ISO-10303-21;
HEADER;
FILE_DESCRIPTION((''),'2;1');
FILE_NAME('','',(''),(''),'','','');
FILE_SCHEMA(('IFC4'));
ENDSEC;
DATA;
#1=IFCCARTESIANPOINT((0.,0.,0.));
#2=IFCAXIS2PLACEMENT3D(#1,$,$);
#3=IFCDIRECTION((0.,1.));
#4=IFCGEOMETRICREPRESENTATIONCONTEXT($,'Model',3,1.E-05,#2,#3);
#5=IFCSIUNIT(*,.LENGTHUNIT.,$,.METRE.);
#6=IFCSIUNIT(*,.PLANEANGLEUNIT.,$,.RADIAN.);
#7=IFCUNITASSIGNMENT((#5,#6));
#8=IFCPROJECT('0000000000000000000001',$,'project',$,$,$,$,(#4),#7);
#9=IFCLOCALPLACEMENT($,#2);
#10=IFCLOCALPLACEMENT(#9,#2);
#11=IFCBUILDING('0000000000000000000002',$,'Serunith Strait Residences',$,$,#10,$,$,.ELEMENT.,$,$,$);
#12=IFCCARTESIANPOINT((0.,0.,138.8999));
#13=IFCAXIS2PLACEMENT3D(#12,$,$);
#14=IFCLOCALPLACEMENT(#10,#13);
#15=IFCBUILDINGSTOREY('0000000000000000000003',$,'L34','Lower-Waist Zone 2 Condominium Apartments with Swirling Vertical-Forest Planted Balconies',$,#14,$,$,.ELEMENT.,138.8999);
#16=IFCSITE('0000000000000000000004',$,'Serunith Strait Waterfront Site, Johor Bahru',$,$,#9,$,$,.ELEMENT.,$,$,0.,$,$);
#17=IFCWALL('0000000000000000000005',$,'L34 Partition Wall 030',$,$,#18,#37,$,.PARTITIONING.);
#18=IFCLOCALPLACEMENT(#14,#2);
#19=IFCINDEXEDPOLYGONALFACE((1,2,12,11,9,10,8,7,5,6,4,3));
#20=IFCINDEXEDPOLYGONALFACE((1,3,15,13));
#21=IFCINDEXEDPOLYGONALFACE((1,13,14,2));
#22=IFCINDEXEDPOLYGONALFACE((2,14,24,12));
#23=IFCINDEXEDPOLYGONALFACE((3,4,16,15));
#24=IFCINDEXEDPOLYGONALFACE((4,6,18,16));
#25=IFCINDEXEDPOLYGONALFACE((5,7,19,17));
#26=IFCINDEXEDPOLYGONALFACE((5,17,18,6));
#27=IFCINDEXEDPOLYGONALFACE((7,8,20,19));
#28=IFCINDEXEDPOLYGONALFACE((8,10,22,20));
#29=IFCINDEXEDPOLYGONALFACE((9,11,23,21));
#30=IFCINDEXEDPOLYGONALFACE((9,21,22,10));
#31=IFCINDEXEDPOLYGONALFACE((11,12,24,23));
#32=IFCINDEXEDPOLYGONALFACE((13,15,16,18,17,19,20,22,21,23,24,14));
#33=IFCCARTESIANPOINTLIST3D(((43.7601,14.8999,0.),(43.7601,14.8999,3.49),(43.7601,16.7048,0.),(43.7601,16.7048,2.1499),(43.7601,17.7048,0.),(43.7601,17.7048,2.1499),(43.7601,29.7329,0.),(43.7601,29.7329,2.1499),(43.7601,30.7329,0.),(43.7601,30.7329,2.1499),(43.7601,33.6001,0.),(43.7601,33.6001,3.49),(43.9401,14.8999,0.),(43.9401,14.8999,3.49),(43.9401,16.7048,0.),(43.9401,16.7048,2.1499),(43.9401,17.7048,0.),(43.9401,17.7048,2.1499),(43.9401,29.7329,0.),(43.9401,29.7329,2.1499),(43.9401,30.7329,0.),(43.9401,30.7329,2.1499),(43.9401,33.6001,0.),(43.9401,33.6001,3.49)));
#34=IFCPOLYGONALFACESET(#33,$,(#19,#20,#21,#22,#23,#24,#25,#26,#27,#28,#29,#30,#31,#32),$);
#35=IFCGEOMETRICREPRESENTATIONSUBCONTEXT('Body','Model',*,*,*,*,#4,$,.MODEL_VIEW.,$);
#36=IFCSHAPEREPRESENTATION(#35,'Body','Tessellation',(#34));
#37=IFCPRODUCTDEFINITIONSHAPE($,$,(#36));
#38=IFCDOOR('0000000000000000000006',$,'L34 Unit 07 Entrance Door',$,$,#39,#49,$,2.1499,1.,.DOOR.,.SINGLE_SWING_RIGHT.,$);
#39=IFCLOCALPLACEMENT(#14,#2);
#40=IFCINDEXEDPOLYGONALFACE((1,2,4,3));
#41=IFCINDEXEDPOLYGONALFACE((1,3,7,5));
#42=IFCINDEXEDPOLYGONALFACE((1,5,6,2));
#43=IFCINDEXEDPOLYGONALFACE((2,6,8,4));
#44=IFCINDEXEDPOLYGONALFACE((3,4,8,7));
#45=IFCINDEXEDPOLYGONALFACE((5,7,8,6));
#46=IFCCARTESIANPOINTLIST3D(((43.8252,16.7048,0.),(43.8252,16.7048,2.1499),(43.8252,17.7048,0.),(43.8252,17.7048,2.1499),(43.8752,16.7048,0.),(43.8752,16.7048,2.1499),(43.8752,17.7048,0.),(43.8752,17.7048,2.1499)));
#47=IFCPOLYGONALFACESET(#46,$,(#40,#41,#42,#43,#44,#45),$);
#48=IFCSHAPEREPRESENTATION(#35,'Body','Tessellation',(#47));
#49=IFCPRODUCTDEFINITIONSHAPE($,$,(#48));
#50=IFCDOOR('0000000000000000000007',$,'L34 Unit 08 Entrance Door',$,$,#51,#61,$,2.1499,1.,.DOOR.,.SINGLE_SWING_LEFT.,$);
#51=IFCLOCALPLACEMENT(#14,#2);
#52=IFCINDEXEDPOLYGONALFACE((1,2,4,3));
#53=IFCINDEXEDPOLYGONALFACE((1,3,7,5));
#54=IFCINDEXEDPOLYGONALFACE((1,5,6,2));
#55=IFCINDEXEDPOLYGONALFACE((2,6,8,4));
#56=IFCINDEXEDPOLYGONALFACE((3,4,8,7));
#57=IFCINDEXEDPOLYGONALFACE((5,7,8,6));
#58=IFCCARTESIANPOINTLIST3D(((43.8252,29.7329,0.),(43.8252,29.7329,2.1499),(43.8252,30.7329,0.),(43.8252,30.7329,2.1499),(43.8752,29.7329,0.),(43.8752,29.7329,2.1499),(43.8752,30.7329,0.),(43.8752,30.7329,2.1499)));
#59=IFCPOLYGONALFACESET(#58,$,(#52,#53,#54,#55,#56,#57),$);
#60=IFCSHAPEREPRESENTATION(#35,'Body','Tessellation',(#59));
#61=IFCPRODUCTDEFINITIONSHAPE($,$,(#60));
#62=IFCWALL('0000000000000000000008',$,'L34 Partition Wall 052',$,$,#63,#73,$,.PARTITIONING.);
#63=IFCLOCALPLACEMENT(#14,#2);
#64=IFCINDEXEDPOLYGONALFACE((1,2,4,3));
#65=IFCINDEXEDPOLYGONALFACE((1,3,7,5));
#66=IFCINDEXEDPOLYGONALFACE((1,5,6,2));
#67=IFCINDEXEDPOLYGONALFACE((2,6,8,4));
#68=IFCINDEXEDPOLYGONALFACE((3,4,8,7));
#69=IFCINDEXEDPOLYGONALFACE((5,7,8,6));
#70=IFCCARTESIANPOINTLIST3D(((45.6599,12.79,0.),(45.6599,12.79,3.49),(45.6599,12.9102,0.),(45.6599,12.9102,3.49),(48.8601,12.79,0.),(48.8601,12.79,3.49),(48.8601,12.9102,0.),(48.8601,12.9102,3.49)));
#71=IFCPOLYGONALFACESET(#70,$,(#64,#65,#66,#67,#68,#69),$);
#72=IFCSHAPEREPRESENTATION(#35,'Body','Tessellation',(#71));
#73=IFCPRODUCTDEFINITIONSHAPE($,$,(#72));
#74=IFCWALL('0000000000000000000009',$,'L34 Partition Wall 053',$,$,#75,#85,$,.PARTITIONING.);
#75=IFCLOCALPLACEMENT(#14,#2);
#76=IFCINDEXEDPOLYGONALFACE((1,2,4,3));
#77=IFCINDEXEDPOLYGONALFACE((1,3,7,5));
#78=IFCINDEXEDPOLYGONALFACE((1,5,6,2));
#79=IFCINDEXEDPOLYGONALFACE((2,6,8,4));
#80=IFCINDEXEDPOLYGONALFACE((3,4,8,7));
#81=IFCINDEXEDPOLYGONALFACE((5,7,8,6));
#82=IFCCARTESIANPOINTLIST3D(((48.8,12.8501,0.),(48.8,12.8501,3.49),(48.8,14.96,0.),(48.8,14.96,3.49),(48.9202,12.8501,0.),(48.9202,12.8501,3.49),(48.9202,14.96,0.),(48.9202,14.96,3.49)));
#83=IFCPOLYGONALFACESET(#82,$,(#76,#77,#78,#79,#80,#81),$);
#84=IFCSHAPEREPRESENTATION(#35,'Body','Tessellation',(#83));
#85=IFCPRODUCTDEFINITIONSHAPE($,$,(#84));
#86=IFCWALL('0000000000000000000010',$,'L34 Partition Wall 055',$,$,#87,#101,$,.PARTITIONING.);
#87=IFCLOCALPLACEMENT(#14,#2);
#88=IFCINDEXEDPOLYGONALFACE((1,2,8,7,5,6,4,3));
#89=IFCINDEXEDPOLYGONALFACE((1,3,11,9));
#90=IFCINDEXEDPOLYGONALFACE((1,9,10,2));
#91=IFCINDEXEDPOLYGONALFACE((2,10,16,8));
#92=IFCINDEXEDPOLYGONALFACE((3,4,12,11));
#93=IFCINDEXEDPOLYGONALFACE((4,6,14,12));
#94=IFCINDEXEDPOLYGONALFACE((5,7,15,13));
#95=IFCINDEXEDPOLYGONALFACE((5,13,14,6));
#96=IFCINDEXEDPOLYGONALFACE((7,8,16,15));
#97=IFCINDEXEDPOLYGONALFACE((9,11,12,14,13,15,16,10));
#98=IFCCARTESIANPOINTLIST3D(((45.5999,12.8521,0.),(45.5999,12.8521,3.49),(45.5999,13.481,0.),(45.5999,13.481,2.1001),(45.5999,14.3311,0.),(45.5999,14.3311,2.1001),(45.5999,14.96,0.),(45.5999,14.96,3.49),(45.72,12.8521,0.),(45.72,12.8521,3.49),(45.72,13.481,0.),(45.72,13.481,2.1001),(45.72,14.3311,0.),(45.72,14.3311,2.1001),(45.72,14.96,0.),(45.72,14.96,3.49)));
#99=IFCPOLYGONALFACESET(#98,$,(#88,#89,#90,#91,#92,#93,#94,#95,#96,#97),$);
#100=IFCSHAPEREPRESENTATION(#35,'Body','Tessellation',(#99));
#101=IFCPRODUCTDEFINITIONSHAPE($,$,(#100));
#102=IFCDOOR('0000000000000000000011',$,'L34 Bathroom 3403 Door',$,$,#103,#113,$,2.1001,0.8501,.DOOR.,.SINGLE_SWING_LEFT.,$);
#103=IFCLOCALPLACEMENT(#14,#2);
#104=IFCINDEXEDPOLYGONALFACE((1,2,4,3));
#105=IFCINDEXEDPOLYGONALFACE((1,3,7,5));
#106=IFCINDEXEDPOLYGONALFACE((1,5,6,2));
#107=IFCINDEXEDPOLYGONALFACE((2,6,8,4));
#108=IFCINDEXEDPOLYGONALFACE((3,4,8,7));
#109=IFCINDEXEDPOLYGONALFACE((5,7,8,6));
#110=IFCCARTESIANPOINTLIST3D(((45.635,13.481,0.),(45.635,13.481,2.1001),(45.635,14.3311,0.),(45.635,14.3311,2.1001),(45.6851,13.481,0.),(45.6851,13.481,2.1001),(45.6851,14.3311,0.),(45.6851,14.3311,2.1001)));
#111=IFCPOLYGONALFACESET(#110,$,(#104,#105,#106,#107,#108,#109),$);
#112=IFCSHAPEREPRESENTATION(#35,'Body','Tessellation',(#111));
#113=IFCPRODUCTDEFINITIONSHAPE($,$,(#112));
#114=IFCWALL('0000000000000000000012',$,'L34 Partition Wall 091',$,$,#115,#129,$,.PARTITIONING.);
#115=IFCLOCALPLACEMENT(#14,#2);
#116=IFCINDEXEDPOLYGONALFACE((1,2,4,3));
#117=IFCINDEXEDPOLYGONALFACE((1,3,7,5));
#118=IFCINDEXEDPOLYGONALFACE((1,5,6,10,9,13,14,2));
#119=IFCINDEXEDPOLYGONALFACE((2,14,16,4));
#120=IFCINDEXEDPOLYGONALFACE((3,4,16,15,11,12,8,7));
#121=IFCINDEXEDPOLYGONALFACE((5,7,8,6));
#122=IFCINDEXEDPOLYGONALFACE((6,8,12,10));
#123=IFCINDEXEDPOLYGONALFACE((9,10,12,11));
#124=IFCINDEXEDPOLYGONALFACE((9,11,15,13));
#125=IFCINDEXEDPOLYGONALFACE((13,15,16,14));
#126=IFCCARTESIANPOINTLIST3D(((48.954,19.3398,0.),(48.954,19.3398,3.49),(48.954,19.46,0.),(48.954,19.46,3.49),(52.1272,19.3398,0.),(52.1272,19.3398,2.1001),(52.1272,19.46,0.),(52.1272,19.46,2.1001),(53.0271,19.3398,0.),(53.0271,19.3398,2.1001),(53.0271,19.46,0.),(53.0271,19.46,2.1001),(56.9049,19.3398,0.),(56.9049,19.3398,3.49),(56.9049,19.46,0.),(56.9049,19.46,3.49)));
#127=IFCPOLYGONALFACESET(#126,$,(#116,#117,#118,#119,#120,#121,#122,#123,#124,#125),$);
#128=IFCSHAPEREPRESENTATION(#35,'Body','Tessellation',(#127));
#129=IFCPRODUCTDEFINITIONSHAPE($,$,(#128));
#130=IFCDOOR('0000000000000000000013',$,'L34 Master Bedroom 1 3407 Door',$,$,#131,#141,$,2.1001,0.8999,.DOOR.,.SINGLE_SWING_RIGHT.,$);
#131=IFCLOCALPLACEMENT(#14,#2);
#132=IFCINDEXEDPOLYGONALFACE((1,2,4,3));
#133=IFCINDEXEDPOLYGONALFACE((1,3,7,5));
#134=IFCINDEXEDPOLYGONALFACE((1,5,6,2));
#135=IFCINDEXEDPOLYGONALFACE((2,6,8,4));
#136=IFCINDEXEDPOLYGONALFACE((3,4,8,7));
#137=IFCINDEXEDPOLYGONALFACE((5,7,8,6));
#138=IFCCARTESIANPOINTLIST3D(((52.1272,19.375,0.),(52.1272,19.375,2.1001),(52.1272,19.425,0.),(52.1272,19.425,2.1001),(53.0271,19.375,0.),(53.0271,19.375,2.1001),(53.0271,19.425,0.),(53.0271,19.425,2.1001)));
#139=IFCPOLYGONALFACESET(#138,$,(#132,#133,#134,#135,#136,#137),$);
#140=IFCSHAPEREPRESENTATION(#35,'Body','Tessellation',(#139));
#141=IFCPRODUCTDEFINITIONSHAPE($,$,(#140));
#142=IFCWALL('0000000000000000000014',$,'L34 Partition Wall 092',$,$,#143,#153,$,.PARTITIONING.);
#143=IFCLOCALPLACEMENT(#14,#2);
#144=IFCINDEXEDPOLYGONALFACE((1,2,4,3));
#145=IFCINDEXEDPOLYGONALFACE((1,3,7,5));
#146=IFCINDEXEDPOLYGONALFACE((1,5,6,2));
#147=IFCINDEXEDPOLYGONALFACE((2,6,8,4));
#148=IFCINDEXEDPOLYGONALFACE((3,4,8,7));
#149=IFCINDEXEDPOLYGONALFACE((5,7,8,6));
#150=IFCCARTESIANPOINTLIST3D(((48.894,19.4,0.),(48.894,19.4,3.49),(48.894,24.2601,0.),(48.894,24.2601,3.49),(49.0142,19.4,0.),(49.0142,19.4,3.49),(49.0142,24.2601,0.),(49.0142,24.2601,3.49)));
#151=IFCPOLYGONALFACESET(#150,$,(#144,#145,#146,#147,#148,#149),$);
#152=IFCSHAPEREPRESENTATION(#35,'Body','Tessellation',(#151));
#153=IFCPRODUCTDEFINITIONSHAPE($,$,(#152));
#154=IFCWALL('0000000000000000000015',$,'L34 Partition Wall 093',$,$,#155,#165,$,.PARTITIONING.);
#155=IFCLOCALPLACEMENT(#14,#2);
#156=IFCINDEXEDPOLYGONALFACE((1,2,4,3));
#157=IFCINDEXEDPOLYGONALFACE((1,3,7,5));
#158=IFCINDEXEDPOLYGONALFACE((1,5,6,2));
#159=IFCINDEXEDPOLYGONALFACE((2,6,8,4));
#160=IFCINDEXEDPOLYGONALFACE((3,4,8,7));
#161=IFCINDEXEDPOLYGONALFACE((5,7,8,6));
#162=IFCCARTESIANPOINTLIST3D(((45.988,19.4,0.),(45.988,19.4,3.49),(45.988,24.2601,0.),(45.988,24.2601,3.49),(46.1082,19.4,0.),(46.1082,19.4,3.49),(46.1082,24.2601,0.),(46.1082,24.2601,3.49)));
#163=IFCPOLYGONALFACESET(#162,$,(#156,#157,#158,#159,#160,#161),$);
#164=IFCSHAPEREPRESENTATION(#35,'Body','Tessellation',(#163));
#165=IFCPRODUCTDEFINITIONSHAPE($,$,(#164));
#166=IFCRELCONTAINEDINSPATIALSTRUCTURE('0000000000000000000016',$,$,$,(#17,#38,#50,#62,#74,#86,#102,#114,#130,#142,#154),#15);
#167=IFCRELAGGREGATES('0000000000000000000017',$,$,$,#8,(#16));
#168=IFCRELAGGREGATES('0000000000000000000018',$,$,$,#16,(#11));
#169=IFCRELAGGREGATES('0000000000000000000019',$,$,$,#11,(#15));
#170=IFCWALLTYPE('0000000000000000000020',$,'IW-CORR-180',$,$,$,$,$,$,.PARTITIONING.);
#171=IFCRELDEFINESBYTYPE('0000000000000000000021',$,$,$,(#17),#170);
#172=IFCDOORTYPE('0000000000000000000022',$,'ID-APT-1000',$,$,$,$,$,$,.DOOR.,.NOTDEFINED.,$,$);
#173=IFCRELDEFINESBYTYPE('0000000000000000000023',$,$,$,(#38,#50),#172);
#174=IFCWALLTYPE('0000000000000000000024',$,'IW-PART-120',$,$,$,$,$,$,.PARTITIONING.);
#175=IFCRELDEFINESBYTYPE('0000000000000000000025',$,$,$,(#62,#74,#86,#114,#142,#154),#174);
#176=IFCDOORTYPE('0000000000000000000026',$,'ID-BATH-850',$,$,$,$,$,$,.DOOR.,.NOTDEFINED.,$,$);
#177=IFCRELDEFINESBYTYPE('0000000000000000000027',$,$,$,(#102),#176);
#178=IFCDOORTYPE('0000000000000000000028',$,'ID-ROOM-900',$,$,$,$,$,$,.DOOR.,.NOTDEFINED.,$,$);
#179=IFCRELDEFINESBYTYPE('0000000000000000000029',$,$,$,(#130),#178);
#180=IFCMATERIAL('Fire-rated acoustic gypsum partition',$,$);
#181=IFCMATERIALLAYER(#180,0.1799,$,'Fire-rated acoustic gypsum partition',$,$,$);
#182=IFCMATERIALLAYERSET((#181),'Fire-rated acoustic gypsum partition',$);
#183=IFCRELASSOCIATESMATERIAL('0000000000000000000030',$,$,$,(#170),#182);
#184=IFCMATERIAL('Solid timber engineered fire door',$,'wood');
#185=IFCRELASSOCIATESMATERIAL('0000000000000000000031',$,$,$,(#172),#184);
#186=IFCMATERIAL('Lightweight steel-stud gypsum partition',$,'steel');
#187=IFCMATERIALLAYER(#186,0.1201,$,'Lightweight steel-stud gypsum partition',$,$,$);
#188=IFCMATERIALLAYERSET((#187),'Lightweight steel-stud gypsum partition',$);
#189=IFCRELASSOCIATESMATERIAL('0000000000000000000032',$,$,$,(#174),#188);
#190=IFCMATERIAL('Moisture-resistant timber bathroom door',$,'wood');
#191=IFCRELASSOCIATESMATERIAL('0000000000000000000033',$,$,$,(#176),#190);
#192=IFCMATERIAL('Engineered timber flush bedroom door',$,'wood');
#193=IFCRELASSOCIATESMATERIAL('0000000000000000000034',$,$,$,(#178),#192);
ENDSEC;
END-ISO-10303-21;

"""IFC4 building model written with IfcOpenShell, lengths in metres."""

from ifc_helpers import new_model, si_unit, direction, frame, frame_2d, origin, place, context, subcontext, project, spatial, rectangle, extrude, source, transform, mapped, material, layer, layer_set, type_object, element, fill, save


model = new_model("IFC4")

# Units and contexts
model_context = context("Model", 3, precision=1e-05, world=origin(), true_north=direction((0.0, 1.0)))
body_context = subcontext(model_context, "Body", "Model", "MODEL_VIEW")
ifc_project = project(units=[si_unit("LENGTHUNIT", "METRE"), si_unit("PLANEANGLEUNIT", "RADIAN")], contexts=[model_context])

# Site, building, storey
site_placement = place(None, origin())
site = spatial("IfcSite", under=ifc_project, at=site_placement, Name="Serunith Strait Waterfront Site, Johor Bahru", CompositionType="ELEMENT", RefElevation=0.0)
building_placement = place(site_placement, origin())
building = spatial("IfcBuilding", under=site, at=building_placement, Name="Serunith Strait Residences", CompositionType="ELEMENT")
storey_placement = place(building_placement, frame((0.0, 0.0, 138.8999)))
storey = spatial("IfcBuildingStorey", under=building, at=storey_placement, Name="L34", Description="Lower-Waist Zone 2 Condominium Apartments with Swirling Vertical-Forest Planted Balconies", CompositionType="ELEMENT", Elevation=138.8999)

# Wall, openings, doors
ifc_material_1 = material(Name="Fire-rated acoustic gypsum partition")
ifc_layer_1 = layer(ifc_material_1, 0.1799, Name="Fire-rated acoustic gypsum partition")
ifc_layer_set_1 = layer_set([ifc_layer_1], Name="Fire-rated acoustic gypsum partition")
wall_type_1 = type_object("IfcWallType", Name="IW-CORR-180", PredefinedType="PARTITIONING", material=ifc_layer_set_1)
wall_1_placement = place(storey_placement, frame((43.8501, 14.8999, 0.0), z_axis=(0.0, 0.0, 1.0), x_axis=(0.0, 1.0, 0.0)))
wall_1 = element("IfcWall", 1, at=wall_1_placement, inside=storey, type_object=wall_type_1, Name="L34 Partition Wall 030", PredefinedType="PARTITIONING", context=body_context, shape_type="SweptSolid", body=[
    extrude(rectangle(XDim=18.7002, YDim=0.1799, at=frame_2d((9.3501, 0.0))), origin(), (0.0, 0.0, 1.0), 3.49),
])
opening_1_placement = place(wall_1_placement, frame((1.8049, 0.0, 0.0)))
opening_1 = element("IfcOpeningElement", 2, at=opening_1_placement, cuts=wall_1, PredefinedType="OPENING", context=body_context, shape_type="SweptSolid", body=[
    extrude(rectangle(XDim=1.0, YDim=2.1499, at=frame_2d((0.5, 1.075))), frame((0.0, 0.1001, 0.0), z_axis=(0.0, -1.0, 0.0), x_axis=(1.0, 0.0, 0.0)), (0.0, 0.0, 1.0), 0.2),
])
opening_2_placement = place(wall_1_placement, frame((14.833, 0.0, 0.0)))
opening_2 = element("IfcOpeningElement", 3, at=opening_2_placement, cuts=wall_1, PredefinedType="OPENING", context=body_context, shape_type="SweptSolid", body=[
    extrude(rectangle(XDim=1.0, YDim=2.1499, at=frame_2d((0.5, 1.075))), frame((0.0, 0.1001, 0.0), z_axis=(0.0, -1.0, 0.0), x_axis=(1.0, 0.0, 0.0)), (0.0, 0.0, 1.0), 0.2),
])
ifc_material_2 = material(Name="Solid timber engineered fire door", Category="wood")
door_type_1 = type_object("IfcDoorType", Name="ID-APT-1000", OperationType="NOTDEFINED", PredefinedType="DOOR", material=ifc_material_2)
shared_shape_1 = source(origin(), body_context, "Body", "SweptSolid", [
    extrude(rectangle(XDim=1.0, YDim=2.1499, at=frame_2d((0.5, 1.075))), frame((0.0, 0.0249, 0.0), z_axis=(0.0, -1.0, 0.0), x_axis=(1.0, 0.0, 0.0)), (0.0, 0.0, 1.0), 0.05),
])
door_1_placement = place(opening_1_placement, origin())
door_1 = element("IfcDoor", 4, at=door_1_placement, inside=storey, type_object=door_type_1, Name="L34 Unit 07 Entrance Door", OperationType="SINGLE_SWING_RIGHT", OverallHeight=2.1499, OverallWidth=1.0, PredefinedType="DOOR", context=body_context, shape_type="MappedRepresentation", body=[
    mapped(shared_shape_1, transform((0.0, 0.0, 0.0), scale=1.0)),
])
fill(opening_1, door_1)
door_2_placement = place(opening_2_placement, origin())
door_2 = element("IfcDoor", 5, at=door_2_placement, inside=storey, type_object=door_type_1, Name="L34 Unit 08 Entrance Door", OperationType="SINGLE_SWING_LEFT", OverallHeight=2.1499, OverallWidth=1.0, PredefinedType="DOOR", context=body_context, shape_type="MappedRepresentation", body=[
    mapped(shared_shape_1, transform((0.0, 0.0, 0.0), scale=1.0)),
])
fill(opening_2, door_2)

# Walls
ifc_material_3 = material(Name="Lightweight steel-stud gypsum partition", Category="steel")
ifc_layer_2 = layer(ifc_material_3, 0.1201, Name="Lightweight steel-stud gypsum partition")
ifc_layer_set_2 = layer_set([ifc_layer_2], Name="Lightweight steel-stud gypsum partition")
wall_type_2 = type_object("IfcWallType", Name="IW-PART-120", PredefinedType="PARTITIONING", material=ifc_layer_set_2)
wall_2_placement = place(storey_placement, frame((45.6599, 12.8501, 0.0), z_axis=(0.0, 0.0, 1.0), x_axis=(1.0, 0.0, 0.0)))
element("IfcWall", 6, at=wall_2_placement, inside=storey, type_object=wall_type_2, Name="L34 Partition Wall 052", PredefinedType="PARTITIONING", context=body_context, shape_type="SweptSolid", body=[
    extrude(rectangle(XDim=3.2002, YDim=0.1201, at=frame_2d((1.6001, 0.0))), origin(), (0.0, 0.0, 1.0), 3.49),
])
wall_3_placement = place(storey_placement, frame((48.8601, 12.8501, 0.0), z_axis=(0.0, 0.0, 1.0), x_axis=(0.0, 1.0, 0.0)))
element("IfcWall", 7, at=wall_3_placement, inside=storey, type_object=wall_type_2, Name="L34 Partition Wall 053", PredefinedType="PARTITIONING", context=body_context, shape_type="SweptSolid", body=[
    extrude(rectangle(XDim=2.1099, YDim=0.1201, at=frame_2d((1.0549, 0.0))), origin(), (0.0, 0.0, 1.0), 3.49),
])

# Walls, openings, doors
wall_4_placement = place(storey_placement, frame((45.6599, 12.8521, 0.0), z_axis=(0.0, 0.0, 1.0), x_axis=(0.0, 1.0, 0.0)))
wall_4 = element("IfcWall", 8, at=wall_4_placement, inside=storey, type_object=wall_type_2, Name="L34 Partition Wall 055", PredefinedType="PARTITIONING", context=body_context, shape_type="SweptSolid", body=[
    extrude(rectangle(XDim=2.1079, YDim=0.1201, at=frame_2d((1.054, 0.0))), origin(), (0.0, 0.0, 1.0), 3.49),
])
opening_3_placement = place(wall_4_placement, frame((0.6289, 0.0, 0.0)))
opening_3 = element("IfcOpeningElement", 9, at=opening_3_placement, cuts=wall_4, PredefinedType="OPENING", context=body_context, shape_type="SweptSolid", body=[
    extrude(rectangle(XDim=0.8501, YDim=2.1001, at=frame_2d((0.425, 1.05))), frame((0.0, 0.0701, 0.0), z_axis=(0.0, -1.0, 0.0), x_axis=(1.0, 0.0, 0.0)), (0.0, 0.0, 1.0), 0.1401),
])
ifc_material_4 = material(Name="Moisture-resistant timber bathroom door", Category="wood")
door_type_2 = type_object("IfcDoorType", Name="ID-BATH-850", OperationType="NOTDEFINED", PredefinedType="DOOR", material=ifc_material_4)
shared_shape_2 = source(origin(), body_context, "Body", "SweptSolid", [
    extrude(rectangle(XDim=0.8501, YDim=2.1001, at=frame_2d((0.425, 1.05))), frame((0.0, 0.0249, 0.0), z_axis=(0.0, -1.0, 0.0), x_axis=(1.0, 0.0, 0.0)), (0.0, 0.0, 1.0), 0.05),
])
door_3_placement = place(opening_3_placement, origin())
door_3 = element("IfcDoor", 10, at=door_3_placement, inside=storey, type_object=door_type_2, Name="L34 Bathroom 3403 Door", OperationType="SINGLE_SWING_LEFT", OverallHeight=2.1001, OverallWidth=0.8501, PredefinedType="DOOR", context=body_context, shape_type="MappedRepresentation", body=[
    mapped(shared_shape_2, transform((0.0, 0.0, 0.0), scale=1.0)),
])
fill(opening_3, door_3)
wall_5_placement = place(storey_placement, frame((56.905, 19.3999, 0.0), z_axis=(0.0, 0.0, 1.0), x_axis=(-1.0, 0.0, 0.0)))
wall_5 = element("IfcWall", 11, at=wall_5_placement, inside=storey, type_object=wall_type_2, Name="L34 Partition Wall 091", PredefinedType="PARTITIONING", context=body_context, shape_type="SweptSolid", body=[
    extrude(rectangle(XDim=7.9509, YDim=0.1201, at=frame_2d((3.9756, 0.0))), origin(), (0.0, 0.0, 1.0), 3.49),
])
opening_4_placement = place(wall_5_placement, frame((3.8779, 0.0, 0.0)))
opening_4 = element("IfcOpeningElement", 12, at=opening_4_placement, cuts=wall_5, PredefinedType="OPENING", context=body_context, shape_type="SweptSolid", body=[
    extrude(rectangle(XDim=0.8999, YDim=2.1001, at=frame_2d((0.45, 1.05))), frame((0.0, 0.0701, 0.0), z_axis=(0.0, -1.0, 0.0), x_axis=(1.0, 0.0, 0.0)), (0.0, 0.0, 1.0), 0.1401),
])
ifc_material_5 = material(Name="Engineered timber flush bedroom door", Category="wood")
door_type_3 = type_object("IfcDoorType", Name="ID-ROOM-900", OperationType="NOTDEFINED", PredefinedType="DOOR", material=ifc_material_5)
shared_shape_3 = source(origin(), body_context, "Body", "SweptSolid", [
    extrude(rectangle(XDim=0.8999, YDim=2.1001, at=frame_2d((0.45, 1.05))), frame((0.0, 0.0249, 0.0), z_axis=(0.0, -1.0, 0.0), x_axis=(1.0, 0.0, 0.0)), (0.0, 0.0, 1.0), 0.05),
])
door_4_placement = place(opening_4_placement, origin())
door_4 = element("IfcDoor", 13, at=door_4_placement, inside=storey, type_object=door_type_3, Name="L34 Master Bedroom 1 3407 Door", OperationType="SINGLE_SWING_RIGHT", OverallHeight=2.1001, OverallWidth=0.8999, PredefinedType="DOOR", context=body_context, shape_type="MappedRepresentation", body=[
    mapped(shared_shape_3, transform((0.0, 0.0, 0.0), scale=1.0)),
])
fill(opening_4, door_4)

# Walls
for number, where, z_axis, x_axis, name in (
    (14, (48.9541, 19.3999, 0.0), (0.0, 0.0, 1.0), (0.0, 1.0, 0.0), "L34 Partition Wall 092"),
    (15, (46.0481, 19.3999, 0.0), (0.0, 0.0, 1.0), (0.0, 1.0, 0.0), "L34 Partition Wall 093"),
):
    element("IfcWall", number, at=place(storey_placement, frame(where, z_axis=z_axis, x_axis=x_axis)), inside=storey, type_object=wall_type_2, Name=name, PredefinedType="PARTITIONING", context=body_context, shape_type="SweptSolid", body=[
        extrude(rectangle(XDim=4.8601, YDim=0.1201, at=frame_2d((2.4302, 0.0))), origin(), (0.0, 0.0, 1.0), 3.49),
    ])

save(model, "model.ifc")
